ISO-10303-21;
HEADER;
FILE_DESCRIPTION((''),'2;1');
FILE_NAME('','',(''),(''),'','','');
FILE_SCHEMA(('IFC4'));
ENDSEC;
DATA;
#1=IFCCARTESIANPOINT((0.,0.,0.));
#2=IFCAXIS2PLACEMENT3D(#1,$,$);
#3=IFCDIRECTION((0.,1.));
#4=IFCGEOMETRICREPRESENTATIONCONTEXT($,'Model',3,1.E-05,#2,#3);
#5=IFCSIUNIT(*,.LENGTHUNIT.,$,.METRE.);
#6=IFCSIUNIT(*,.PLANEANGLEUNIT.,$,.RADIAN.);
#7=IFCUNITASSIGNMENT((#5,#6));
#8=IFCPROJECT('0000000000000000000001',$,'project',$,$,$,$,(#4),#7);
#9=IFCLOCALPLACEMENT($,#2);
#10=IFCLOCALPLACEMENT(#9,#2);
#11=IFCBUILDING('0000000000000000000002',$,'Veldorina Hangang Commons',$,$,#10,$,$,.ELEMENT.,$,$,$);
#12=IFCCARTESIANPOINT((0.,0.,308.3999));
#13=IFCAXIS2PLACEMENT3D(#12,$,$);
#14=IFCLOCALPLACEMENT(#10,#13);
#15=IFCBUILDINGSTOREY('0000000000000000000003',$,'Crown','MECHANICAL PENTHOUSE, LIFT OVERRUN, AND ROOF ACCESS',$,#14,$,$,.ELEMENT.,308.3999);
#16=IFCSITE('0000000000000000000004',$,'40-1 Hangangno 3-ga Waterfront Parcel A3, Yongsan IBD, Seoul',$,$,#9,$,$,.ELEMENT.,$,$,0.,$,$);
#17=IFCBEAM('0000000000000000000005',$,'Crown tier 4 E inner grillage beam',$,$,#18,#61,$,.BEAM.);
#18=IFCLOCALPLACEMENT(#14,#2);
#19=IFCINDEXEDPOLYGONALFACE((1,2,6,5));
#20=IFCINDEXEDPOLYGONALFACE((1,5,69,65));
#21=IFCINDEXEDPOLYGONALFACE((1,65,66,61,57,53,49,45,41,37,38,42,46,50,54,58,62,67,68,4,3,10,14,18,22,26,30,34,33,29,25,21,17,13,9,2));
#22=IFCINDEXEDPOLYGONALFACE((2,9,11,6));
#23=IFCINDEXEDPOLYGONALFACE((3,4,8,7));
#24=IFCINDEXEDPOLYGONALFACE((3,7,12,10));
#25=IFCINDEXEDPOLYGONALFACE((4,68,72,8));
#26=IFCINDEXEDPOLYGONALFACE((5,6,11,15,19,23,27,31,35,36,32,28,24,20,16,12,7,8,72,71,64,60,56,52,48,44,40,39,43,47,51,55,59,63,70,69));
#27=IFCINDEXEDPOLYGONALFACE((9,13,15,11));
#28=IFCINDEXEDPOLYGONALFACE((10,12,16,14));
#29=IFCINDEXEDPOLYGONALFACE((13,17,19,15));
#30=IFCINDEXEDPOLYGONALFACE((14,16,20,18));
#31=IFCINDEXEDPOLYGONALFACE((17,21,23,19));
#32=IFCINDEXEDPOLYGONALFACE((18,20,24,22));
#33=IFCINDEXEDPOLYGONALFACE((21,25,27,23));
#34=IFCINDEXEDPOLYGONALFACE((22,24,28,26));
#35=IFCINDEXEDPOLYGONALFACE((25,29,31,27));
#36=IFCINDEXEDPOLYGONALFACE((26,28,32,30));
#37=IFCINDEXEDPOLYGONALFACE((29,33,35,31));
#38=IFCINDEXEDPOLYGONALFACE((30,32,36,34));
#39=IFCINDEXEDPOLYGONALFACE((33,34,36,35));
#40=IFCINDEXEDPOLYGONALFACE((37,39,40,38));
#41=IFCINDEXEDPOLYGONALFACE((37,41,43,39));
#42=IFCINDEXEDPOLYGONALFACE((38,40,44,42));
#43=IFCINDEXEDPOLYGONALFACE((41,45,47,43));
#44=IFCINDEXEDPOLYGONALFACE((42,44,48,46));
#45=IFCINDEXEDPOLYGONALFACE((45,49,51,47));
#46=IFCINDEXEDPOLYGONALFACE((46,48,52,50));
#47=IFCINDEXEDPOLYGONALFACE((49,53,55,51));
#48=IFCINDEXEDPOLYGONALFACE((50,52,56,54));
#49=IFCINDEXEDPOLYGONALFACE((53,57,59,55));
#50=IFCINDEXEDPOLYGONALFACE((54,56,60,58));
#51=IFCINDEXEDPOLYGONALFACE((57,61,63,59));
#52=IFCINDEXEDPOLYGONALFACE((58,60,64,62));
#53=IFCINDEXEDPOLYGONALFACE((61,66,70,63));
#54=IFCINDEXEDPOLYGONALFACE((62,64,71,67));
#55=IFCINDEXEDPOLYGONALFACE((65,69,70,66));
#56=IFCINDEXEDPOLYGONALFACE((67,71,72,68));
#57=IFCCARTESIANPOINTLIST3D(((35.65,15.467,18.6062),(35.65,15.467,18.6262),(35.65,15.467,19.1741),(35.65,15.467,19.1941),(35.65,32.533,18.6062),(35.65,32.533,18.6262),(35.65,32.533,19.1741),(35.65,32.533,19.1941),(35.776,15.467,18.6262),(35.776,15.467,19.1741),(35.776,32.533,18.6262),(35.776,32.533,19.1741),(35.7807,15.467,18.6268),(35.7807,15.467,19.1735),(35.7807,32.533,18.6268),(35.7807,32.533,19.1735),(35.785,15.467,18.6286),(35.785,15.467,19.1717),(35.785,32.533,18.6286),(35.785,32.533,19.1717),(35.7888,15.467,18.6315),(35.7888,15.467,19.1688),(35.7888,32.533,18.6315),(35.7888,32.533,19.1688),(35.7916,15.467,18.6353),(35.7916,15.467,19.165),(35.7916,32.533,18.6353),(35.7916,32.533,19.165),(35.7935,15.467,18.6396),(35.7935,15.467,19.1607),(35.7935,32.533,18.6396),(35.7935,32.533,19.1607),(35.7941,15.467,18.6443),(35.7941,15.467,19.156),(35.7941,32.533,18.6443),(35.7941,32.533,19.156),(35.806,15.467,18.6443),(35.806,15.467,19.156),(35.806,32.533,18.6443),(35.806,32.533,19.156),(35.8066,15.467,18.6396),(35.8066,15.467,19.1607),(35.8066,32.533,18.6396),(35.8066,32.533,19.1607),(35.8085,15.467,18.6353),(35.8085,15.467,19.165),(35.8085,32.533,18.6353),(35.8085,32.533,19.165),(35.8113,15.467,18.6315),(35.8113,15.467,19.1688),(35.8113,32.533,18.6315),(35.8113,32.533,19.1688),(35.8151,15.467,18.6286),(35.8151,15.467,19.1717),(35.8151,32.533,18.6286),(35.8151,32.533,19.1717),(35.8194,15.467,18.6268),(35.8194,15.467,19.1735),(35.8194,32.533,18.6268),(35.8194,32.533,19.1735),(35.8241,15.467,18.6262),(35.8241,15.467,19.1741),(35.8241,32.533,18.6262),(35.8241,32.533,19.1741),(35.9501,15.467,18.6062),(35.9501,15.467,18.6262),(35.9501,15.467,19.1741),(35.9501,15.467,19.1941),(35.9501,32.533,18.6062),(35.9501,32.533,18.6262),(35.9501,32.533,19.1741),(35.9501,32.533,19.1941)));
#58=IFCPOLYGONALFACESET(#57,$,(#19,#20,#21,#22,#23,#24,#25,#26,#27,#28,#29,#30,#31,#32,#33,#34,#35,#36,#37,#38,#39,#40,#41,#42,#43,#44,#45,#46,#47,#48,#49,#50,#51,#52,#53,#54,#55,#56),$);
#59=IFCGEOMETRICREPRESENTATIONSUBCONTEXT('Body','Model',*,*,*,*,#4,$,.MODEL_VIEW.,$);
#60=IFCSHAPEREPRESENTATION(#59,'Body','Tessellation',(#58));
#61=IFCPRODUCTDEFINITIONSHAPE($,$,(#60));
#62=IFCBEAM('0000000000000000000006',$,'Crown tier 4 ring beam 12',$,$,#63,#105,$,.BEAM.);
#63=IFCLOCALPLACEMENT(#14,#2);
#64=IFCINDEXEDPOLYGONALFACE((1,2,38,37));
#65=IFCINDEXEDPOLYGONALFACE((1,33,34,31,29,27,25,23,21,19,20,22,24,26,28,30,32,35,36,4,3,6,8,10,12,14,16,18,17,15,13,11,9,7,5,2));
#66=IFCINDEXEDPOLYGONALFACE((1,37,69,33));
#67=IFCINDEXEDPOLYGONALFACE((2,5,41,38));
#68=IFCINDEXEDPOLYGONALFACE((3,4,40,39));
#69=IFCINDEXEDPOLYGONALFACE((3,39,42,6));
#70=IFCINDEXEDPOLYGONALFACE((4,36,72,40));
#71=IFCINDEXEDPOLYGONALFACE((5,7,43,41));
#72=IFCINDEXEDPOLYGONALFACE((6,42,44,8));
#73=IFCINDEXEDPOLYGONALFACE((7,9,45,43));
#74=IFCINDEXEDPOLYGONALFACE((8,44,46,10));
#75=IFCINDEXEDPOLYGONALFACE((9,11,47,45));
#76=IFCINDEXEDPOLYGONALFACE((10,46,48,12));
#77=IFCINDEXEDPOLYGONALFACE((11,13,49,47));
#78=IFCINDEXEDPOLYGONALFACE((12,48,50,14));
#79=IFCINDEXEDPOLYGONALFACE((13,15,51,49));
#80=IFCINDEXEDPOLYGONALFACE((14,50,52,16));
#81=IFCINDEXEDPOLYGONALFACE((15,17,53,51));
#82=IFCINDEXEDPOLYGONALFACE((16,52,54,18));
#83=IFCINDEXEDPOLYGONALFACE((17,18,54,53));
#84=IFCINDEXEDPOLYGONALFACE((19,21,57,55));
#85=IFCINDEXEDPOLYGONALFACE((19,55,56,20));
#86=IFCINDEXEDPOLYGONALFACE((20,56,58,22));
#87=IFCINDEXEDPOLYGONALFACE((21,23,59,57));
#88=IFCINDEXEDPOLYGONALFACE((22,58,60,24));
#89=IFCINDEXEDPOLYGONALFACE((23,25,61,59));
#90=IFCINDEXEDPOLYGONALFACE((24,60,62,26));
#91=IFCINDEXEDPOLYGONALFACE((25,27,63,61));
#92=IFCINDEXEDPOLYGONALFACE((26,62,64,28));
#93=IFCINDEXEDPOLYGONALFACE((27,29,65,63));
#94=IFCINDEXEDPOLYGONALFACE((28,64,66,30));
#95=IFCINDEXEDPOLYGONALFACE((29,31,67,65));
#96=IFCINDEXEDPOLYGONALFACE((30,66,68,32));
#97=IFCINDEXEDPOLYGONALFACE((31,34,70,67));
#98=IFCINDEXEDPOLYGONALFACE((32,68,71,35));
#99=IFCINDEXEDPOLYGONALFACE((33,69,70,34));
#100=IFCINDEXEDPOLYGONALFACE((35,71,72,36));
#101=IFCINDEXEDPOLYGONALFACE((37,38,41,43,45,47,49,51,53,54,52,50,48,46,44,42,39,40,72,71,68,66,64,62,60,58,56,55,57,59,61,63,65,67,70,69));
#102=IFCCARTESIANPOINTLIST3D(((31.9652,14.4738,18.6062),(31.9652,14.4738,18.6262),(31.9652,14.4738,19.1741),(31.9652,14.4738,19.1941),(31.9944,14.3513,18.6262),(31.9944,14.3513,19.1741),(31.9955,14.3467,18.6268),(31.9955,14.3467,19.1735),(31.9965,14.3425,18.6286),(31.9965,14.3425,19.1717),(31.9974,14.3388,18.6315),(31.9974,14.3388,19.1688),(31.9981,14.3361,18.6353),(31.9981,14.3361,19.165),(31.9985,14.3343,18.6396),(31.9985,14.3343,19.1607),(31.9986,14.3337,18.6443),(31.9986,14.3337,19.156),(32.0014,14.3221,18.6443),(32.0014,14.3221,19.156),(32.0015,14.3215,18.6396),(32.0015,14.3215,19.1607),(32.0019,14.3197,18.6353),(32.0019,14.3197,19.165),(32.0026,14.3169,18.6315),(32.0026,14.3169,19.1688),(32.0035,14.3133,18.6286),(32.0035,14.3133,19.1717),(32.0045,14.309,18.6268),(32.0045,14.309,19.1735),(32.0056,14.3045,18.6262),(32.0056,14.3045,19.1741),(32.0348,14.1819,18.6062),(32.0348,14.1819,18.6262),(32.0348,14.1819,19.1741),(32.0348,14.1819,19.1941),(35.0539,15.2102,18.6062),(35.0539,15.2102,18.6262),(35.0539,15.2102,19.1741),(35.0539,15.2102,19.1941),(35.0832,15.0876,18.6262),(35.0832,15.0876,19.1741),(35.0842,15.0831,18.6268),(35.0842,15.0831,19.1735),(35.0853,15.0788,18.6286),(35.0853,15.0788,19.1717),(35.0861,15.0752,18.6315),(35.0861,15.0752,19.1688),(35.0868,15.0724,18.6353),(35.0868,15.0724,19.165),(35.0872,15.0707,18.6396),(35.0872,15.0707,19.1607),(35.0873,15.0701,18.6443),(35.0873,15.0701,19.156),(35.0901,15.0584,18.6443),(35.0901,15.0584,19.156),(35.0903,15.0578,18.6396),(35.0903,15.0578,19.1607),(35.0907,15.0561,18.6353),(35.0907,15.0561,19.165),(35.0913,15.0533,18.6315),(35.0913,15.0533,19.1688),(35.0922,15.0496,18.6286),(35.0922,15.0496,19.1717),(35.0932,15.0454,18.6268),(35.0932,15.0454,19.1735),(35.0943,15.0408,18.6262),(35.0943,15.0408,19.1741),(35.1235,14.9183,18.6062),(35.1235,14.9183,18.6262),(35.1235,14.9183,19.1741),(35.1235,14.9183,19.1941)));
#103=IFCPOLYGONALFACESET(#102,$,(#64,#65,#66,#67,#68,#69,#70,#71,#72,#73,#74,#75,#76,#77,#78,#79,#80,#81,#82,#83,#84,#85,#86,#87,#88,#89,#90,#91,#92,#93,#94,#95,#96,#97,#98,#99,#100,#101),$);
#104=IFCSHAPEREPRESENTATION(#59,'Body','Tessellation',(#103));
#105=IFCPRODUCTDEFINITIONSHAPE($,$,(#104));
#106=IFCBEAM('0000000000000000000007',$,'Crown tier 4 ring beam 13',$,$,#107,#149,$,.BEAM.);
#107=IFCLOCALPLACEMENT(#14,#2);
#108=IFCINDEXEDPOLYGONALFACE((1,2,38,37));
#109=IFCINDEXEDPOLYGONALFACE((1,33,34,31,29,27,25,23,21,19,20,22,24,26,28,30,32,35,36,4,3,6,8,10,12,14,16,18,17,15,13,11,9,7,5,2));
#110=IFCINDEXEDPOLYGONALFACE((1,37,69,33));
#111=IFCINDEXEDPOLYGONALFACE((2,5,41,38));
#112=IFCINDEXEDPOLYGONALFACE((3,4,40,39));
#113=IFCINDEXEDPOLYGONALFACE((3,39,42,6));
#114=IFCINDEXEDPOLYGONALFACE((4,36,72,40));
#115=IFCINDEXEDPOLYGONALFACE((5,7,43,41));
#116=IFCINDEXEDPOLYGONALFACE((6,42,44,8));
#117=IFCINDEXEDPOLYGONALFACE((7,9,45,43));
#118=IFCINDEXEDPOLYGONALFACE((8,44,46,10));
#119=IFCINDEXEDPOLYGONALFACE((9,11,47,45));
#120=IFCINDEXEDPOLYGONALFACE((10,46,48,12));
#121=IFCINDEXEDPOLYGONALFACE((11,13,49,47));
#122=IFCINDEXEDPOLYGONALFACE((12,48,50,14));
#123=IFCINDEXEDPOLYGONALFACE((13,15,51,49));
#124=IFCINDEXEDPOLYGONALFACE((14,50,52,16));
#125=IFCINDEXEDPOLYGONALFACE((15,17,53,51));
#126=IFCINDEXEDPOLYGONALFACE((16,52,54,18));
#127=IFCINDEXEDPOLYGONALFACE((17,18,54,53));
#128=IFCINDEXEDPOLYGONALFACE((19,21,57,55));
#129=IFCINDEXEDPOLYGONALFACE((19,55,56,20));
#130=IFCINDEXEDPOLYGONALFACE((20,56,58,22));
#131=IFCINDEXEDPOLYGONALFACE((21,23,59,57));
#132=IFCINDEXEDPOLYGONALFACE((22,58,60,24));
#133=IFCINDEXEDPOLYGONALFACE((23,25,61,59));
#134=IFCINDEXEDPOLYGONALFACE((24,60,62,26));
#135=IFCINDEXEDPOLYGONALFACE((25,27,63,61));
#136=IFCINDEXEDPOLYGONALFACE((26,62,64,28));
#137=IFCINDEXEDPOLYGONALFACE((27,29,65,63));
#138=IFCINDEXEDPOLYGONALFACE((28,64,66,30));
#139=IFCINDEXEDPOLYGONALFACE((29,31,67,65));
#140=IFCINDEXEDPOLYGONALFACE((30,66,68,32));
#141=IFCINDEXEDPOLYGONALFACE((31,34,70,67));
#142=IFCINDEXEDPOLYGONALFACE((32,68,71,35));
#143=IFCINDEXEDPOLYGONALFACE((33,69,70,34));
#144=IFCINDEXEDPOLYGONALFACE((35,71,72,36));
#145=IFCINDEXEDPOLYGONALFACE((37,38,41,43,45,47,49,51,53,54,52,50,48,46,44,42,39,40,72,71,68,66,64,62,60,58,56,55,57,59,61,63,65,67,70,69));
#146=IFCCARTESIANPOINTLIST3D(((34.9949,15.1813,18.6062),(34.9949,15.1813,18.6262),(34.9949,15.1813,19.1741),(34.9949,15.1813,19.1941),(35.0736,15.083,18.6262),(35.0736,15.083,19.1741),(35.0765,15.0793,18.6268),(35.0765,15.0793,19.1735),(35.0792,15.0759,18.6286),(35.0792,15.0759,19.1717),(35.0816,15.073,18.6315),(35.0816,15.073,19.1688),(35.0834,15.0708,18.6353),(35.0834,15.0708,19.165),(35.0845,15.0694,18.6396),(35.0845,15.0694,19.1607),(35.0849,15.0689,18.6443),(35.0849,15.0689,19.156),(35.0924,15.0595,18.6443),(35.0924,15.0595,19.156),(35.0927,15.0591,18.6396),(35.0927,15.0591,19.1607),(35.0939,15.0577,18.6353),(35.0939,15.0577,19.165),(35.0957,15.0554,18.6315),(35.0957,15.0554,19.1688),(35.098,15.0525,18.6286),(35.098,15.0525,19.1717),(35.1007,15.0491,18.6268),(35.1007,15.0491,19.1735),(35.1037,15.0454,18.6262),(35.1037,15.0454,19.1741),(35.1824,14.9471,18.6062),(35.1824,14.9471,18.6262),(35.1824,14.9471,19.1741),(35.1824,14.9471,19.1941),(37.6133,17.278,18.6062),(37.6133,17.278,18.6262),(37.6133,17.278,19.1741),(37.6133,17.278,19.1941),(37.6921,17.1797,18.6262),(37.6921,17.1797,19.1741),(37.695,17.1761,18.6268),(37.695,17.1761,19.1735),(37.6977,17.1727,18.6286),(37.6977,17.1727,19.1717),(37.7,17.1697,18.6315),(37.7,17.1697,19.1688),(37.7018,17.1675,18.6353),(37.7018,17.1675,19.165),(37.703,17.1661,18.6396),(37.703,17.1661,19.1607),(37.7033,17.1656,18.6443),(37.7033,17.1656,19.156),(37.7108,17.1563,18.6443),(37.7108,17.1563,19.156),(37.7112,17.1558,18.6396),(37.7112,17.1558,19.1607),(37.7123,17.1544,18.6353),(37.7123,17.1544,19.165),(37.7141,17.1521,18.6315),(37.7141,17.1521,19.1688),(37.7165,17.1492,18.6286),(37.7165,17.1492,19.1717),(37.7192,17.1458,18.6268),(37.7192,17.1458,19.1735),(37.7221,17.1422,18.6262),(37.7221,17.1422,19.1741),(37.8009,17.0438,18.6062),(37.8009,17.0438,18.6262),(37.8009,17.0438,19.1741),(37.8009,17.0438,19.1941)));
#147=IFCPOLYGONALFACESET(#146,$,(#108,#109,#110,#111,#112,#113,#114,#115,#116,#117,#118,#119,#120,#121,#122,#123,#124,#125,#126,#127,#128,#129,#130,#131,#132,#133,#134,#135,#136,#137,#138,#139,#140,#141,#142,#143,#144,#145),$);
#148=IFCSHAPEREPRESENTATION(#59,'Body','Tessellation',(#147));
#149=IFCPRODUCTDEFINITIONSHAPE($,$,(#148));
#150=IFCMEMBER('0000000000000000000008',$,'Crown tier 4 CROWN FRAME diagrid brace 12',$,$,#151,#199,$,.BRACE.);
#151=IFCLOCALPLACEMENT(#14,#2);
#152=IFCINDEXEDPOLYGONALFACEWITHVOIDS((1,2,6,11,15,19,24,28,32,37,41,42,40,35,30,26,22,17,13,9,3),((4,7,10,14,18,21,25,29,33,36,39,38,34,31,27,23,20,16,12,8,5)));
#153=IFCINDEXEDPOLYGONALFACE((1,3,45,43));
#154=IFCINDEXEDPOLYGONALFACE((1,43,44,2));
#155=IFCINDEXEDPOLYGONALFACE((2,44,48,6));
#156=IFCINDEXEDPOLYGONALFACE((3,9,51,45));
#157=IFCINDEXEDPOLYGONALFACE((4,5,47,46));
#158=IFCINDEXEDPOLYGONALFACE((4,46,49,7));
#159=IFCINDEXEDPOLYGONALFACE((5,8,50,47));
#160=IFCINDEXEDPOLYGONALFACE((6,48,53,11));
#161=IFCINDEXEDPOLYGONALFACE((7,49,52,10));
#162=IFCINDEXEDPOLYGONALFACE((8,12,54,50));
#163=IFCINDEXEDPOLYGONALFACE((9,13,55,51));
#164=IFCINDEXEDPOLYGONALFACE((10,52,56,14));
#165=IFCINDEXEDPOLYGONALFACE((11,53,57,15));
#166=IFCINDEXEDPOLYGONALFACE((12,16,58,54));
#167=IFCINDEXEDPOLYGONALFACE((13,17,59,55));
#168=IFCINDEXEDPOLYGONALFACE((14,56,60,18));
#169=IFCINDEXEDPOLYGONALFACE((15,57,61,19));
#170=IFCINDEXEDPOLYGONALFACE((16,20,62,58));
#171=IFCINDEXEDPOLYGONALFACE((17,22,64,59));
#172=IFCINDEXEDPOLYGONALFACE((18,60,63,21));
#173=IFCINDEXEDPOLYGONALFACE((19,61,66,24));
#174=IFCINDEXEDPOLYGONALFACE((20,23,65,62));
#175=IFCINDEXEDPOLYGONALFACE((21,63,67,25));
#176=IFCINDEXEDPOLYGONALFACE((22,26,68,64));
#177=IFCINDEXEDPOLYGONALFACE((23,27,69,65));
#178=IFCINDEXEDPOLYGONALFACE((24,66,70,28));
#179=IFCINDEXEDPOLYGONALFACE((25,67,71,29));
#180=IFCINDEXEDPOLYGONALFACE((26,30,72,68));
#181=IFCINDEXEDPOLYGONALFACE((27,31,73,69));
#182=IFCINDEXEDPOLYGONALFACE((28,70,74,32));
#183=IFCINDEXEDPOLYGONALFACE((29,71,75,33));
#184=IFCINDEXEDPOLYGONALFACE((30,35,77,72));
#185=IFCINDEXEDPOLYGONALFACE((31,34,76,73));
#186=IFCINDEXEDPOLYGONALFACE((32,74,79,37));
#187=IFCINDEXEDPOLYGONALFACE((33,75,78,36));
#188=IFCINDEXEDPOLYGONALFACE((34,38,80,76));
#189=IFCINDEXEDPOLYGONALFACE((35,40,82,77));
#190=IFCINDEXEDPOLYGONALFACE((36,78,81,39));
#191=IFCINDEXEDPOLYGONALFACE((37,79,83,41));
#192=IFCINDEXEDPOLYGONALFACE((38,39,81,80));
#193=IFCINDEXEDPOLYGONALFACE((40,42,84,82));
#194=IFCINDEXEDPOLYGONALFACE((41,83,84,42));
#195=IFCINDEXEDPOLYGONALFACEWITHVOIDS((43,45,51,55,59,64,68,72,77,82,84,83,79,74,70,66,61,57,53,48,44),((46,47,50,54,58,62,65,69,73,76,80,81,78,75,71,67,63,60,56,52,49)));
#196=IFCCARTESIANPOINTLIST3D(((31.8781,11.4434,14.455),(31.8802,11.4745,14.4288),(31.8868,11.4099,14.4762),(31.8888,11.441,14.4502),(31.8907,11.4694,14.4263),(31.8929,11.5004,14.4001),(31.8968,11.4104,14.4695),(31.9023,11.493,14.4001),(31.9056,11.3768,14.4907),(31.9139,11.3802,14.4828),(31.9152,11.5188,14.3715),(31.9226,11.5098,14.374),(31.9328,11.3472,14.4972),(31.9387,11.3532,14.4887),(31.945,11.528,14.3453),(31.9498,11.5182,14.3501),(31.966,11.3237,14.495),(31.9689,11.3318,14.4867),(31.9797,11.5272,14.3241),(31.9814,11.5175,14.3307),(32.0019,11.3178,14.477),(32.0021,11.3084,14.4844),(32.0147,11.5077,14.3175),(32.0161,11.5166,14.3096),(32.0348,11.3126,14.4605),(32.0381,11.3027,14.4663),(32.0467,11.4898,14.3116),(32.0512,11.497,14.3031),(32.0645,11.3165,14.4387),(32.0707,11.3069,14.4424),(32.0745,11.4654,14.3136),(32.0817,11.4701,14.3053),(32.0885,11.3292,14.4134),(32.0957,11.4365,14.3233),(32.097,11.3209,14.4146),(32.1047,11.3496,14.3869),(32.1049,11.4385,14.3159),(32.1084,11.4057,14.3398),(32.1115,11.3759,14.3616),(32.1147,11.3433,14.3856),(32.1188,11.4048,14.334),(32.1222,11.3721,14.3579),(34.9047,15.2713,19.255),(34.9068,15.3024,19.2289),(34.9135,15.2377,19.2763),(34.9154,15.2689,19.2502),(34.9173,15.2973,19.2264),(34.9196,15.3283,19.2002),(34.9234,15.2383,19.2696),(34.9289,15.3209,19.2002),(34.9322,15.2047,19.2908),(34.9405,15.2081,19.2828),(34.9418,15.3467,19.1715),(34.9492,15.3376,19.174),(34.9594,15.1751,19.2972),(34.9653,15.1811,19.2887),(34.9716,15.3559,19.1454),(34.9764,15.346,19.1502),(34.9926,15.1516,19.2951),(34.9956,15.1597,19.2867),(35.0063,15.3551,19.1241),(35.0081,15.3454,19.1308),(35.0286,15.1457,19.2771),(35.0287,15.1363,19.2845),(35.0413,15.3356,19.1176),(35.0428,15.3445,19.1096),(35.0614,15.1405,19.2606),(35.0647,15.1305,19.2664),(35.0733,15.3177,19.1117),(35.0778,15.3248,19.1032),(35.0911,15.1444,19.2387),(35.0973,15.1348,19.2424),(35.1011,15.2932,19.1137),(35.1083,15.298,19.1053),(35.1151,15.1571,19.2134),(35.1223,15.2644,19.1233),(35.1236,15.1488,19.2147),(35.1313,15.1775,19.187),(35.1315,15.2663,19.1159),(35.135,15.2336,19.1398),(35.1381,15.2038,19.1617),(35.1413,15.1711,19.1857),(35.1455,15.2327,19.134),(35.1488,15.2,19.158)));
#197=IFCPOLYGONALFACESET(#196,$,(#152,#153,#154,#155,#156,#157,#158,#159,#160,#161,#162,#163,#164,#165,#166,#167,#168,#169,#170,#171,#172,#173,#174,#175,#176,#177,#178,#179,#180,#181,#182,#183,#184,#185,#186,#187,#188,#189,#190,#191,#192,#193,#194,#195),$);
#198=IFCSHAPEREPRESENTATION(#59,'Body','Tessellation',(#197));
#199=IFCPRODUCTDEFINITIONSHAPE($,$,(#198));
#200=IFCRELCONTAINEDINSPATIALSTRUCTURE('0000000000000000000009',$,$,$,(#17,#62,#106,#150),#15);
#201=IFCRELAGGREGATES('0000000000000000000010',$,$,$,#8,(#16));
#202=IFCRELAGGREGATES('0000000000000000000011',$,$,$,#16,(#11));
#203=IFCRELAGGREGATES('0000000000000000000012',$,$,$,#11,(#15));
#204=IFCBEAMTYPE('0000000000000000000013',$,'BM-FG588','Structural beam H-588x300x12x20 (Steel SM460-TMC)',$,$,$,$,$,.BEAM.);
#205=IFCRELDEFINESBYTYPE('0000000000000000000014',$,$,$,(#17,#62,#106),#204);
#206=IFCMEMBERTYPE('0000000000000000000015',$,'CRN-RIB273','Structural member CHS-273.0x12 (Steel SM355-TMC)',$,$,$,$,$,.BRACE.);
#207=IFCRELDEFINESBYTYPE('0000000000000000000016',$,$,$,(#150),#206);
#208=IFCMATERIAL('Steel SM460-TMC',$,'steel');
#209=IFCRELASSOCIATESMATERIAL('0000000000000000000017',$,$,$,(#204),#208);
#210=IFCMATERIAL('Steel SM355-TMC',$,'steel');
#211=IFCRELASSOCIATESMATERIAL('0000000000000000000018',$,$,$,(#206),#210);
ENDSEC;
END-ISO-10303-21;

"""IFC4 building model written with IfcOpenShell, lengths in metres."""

from ifc_helpers import new_model, si_unit, direction, frame, origin, origin_2d, place, context, subcontext, project, spatial, hollow_circle, i_section, extrude, material, material_profile, profile_set, type_object, element, save


model = new_model("IFC4")

# Units and contexts
model_context = context("Model", 3, precision=1e-05, world=origin(), true_north=direction((0.0, 1.0)))
body_context = subcontext(model_context, "Body", "Model", "MODEL_VIEW")
ifc_project = project(units=[si_unit("LENGTHUNIT", "METRE"), si_unit("PLANEANGLEUNIT", "RADIAN")], contexts=[model_context])

# Site, building, storey
site_placement = place(None, origin())
site = spatial("IfcSite", under=ifc_project, at=site_placement, Name="40-1 Hangangno 3-ga Waterfront Parcel A3, Yongsan IBD, Seoul", CompositionType="ELEMENT", RefElevation=0.0)
building_placement = place(site_placement, origin())
building = spatial("IfcBuilding", under=site, at=building_placement, Name="Veldorina Hangang Commons", CompositionType="ELEMENT")
storey_placement = place(building_placement, frame((0.0, 0.0, 308.3999)))
storey = spatial("IfcBuildingStorey", under=building, at=storey_placement, Name="Crown", Description="MECHANICAL PENTHOUSE, LIFT OVERRUN, AND ROOF ACCESS", CompositionType="ELEMENT", Elevation=308.3999)

# Beams
ifc_material_1 = material(Name="Steel SM460-TMC", Category="steel")
ifc_material_profile_1 = material_profile(ifc_material_1, i_section(OverallWidth=0.3, OverallDepth=0.5879, WebThickness=0.012, FlangeThickness=0.02, FilletRadius=0.0181, at=origin_2d()), Name="H-588x300x12x20")
ifc_profile_set_1 = profile_set([ifc_material_profile_1], Name="Steel SM460-TMC")
beam_type = type_object("IfcBeamType", Name="BM-FG588", Description="Structural beam H-588x300x12x20 (Steel SM460-TMC)", PredefinedType="BEAM", material=ifc_profile_set_1)
beam_1_placement = place(storey_placement, frame((35.8, 15.467, 18.9001), z_axis=(0.0, 1.0, 0.0), x_axis=(-1.0, 0.0, 0.0)))
element("IfcBeam", 1, at=beam_1_placement, inside=storey, type_object=beam_type, Name="Crown tier 4 E inner grillage beam", PredefinedType="BEAM", context=body_context, shape_type="SweptSolid", body=[
    extrude(i_section(OverallWidth=0.3, OverallDepth=0.5879, WebThickness=0.012, FlangeThickness=0.02, FilletRadius=0.0181, at=origin_2d()), origin(), (0.0, 0.0, 1.0), 17.0659),
])
beam_2_placement = place(storey_placement, frame((32.0, 14.3279, 18.9001), z_axis=(0.972739, 0.231901, 0.0), x_axis=(-0.231901, 0.972739, 0.0)))
element("IfcBeam", 2, at=beam_2_placement, inside=storey, type_object=beam_type, Name="Crown tier 4 ring beam 12", PredefinedType="BEAM", context=body_context, shape_type="SweptSolid", body=[
    extrude(i_section(OverallWidth=0.3, OverallDepth=0.5879, WebThickness=0.012, FlangeThickness=0.02, FilletRadius=0.0181, at=origin_2d()), origin(), (0.0, 0.0, 1.0), 3.1753),
])
beam_3_placement = place(storey_placement, frame((35.0886, 15.0642, 18.9001), z_axis=(0.780585, 0.62505, 0.0), x_axis=(-0.62505, 0.780585, 0.0)))
element("IfcBeam", 3, at=beam_3_placement, inside=storey, type_object=beam_type, Name="Crown tier 4 ring beam 13", PredefinedType="BEAM", context=body_context, shape_type="SweptSolid", body=[
    extrude(i_section(OverallWidth=0.3, OverallDepth=0.5879, WebThickness=0.012, FlangeThickness=0.02, FilletRadius=0.0181, at=origin_2d()), origin(), (0.0, 0.0, 1.0), 3.3545),
])

# Member
ifc_material_2 = material(Name="Steel SM355-TMC", Category="steel")
ifc_material_profile_2 = material_profile(ifc_material_2, hollow_circle(Radius=0.1365, WallThickness=0.012, at=origin_2d()), Name="CHS-273.0x12")
ifc_profile_set_2 = profile_set([ifc_material_profile_2], Name="Steel SM355-TMC")
member_type_1 = type_object("IfcMemberType", Name="CRN-RIB273", Description="Structural member CHS-273.0x12 (Steel SM355-TMC)", PredefinedType="BRACE", material=ifc_profile_set_2)
member_1_placement = place(storey_placement, frame((32.0, 11.4158, 14.4001), z_axis=(0.442166, 0.559226, 0.701253), x_axis=(-0.784424, 0.620225, 0.0)))
element("IfcMember", 4, at=member_1_placement, inside=storey, type_object=member_type_1, Name="Crown tier 4 CROWN FRAME diagrid brace 12", PredefinedType="BRACE", context=body_context, shape_type="SweptSolid", body=[
    extrude(hollow_circle(Radius=0.1365, WallThickness=0.012, at=origin_2d()), origin(), (0.0, 0.0, 1.0), 6.845),
])

save(model, "model.ifc")
